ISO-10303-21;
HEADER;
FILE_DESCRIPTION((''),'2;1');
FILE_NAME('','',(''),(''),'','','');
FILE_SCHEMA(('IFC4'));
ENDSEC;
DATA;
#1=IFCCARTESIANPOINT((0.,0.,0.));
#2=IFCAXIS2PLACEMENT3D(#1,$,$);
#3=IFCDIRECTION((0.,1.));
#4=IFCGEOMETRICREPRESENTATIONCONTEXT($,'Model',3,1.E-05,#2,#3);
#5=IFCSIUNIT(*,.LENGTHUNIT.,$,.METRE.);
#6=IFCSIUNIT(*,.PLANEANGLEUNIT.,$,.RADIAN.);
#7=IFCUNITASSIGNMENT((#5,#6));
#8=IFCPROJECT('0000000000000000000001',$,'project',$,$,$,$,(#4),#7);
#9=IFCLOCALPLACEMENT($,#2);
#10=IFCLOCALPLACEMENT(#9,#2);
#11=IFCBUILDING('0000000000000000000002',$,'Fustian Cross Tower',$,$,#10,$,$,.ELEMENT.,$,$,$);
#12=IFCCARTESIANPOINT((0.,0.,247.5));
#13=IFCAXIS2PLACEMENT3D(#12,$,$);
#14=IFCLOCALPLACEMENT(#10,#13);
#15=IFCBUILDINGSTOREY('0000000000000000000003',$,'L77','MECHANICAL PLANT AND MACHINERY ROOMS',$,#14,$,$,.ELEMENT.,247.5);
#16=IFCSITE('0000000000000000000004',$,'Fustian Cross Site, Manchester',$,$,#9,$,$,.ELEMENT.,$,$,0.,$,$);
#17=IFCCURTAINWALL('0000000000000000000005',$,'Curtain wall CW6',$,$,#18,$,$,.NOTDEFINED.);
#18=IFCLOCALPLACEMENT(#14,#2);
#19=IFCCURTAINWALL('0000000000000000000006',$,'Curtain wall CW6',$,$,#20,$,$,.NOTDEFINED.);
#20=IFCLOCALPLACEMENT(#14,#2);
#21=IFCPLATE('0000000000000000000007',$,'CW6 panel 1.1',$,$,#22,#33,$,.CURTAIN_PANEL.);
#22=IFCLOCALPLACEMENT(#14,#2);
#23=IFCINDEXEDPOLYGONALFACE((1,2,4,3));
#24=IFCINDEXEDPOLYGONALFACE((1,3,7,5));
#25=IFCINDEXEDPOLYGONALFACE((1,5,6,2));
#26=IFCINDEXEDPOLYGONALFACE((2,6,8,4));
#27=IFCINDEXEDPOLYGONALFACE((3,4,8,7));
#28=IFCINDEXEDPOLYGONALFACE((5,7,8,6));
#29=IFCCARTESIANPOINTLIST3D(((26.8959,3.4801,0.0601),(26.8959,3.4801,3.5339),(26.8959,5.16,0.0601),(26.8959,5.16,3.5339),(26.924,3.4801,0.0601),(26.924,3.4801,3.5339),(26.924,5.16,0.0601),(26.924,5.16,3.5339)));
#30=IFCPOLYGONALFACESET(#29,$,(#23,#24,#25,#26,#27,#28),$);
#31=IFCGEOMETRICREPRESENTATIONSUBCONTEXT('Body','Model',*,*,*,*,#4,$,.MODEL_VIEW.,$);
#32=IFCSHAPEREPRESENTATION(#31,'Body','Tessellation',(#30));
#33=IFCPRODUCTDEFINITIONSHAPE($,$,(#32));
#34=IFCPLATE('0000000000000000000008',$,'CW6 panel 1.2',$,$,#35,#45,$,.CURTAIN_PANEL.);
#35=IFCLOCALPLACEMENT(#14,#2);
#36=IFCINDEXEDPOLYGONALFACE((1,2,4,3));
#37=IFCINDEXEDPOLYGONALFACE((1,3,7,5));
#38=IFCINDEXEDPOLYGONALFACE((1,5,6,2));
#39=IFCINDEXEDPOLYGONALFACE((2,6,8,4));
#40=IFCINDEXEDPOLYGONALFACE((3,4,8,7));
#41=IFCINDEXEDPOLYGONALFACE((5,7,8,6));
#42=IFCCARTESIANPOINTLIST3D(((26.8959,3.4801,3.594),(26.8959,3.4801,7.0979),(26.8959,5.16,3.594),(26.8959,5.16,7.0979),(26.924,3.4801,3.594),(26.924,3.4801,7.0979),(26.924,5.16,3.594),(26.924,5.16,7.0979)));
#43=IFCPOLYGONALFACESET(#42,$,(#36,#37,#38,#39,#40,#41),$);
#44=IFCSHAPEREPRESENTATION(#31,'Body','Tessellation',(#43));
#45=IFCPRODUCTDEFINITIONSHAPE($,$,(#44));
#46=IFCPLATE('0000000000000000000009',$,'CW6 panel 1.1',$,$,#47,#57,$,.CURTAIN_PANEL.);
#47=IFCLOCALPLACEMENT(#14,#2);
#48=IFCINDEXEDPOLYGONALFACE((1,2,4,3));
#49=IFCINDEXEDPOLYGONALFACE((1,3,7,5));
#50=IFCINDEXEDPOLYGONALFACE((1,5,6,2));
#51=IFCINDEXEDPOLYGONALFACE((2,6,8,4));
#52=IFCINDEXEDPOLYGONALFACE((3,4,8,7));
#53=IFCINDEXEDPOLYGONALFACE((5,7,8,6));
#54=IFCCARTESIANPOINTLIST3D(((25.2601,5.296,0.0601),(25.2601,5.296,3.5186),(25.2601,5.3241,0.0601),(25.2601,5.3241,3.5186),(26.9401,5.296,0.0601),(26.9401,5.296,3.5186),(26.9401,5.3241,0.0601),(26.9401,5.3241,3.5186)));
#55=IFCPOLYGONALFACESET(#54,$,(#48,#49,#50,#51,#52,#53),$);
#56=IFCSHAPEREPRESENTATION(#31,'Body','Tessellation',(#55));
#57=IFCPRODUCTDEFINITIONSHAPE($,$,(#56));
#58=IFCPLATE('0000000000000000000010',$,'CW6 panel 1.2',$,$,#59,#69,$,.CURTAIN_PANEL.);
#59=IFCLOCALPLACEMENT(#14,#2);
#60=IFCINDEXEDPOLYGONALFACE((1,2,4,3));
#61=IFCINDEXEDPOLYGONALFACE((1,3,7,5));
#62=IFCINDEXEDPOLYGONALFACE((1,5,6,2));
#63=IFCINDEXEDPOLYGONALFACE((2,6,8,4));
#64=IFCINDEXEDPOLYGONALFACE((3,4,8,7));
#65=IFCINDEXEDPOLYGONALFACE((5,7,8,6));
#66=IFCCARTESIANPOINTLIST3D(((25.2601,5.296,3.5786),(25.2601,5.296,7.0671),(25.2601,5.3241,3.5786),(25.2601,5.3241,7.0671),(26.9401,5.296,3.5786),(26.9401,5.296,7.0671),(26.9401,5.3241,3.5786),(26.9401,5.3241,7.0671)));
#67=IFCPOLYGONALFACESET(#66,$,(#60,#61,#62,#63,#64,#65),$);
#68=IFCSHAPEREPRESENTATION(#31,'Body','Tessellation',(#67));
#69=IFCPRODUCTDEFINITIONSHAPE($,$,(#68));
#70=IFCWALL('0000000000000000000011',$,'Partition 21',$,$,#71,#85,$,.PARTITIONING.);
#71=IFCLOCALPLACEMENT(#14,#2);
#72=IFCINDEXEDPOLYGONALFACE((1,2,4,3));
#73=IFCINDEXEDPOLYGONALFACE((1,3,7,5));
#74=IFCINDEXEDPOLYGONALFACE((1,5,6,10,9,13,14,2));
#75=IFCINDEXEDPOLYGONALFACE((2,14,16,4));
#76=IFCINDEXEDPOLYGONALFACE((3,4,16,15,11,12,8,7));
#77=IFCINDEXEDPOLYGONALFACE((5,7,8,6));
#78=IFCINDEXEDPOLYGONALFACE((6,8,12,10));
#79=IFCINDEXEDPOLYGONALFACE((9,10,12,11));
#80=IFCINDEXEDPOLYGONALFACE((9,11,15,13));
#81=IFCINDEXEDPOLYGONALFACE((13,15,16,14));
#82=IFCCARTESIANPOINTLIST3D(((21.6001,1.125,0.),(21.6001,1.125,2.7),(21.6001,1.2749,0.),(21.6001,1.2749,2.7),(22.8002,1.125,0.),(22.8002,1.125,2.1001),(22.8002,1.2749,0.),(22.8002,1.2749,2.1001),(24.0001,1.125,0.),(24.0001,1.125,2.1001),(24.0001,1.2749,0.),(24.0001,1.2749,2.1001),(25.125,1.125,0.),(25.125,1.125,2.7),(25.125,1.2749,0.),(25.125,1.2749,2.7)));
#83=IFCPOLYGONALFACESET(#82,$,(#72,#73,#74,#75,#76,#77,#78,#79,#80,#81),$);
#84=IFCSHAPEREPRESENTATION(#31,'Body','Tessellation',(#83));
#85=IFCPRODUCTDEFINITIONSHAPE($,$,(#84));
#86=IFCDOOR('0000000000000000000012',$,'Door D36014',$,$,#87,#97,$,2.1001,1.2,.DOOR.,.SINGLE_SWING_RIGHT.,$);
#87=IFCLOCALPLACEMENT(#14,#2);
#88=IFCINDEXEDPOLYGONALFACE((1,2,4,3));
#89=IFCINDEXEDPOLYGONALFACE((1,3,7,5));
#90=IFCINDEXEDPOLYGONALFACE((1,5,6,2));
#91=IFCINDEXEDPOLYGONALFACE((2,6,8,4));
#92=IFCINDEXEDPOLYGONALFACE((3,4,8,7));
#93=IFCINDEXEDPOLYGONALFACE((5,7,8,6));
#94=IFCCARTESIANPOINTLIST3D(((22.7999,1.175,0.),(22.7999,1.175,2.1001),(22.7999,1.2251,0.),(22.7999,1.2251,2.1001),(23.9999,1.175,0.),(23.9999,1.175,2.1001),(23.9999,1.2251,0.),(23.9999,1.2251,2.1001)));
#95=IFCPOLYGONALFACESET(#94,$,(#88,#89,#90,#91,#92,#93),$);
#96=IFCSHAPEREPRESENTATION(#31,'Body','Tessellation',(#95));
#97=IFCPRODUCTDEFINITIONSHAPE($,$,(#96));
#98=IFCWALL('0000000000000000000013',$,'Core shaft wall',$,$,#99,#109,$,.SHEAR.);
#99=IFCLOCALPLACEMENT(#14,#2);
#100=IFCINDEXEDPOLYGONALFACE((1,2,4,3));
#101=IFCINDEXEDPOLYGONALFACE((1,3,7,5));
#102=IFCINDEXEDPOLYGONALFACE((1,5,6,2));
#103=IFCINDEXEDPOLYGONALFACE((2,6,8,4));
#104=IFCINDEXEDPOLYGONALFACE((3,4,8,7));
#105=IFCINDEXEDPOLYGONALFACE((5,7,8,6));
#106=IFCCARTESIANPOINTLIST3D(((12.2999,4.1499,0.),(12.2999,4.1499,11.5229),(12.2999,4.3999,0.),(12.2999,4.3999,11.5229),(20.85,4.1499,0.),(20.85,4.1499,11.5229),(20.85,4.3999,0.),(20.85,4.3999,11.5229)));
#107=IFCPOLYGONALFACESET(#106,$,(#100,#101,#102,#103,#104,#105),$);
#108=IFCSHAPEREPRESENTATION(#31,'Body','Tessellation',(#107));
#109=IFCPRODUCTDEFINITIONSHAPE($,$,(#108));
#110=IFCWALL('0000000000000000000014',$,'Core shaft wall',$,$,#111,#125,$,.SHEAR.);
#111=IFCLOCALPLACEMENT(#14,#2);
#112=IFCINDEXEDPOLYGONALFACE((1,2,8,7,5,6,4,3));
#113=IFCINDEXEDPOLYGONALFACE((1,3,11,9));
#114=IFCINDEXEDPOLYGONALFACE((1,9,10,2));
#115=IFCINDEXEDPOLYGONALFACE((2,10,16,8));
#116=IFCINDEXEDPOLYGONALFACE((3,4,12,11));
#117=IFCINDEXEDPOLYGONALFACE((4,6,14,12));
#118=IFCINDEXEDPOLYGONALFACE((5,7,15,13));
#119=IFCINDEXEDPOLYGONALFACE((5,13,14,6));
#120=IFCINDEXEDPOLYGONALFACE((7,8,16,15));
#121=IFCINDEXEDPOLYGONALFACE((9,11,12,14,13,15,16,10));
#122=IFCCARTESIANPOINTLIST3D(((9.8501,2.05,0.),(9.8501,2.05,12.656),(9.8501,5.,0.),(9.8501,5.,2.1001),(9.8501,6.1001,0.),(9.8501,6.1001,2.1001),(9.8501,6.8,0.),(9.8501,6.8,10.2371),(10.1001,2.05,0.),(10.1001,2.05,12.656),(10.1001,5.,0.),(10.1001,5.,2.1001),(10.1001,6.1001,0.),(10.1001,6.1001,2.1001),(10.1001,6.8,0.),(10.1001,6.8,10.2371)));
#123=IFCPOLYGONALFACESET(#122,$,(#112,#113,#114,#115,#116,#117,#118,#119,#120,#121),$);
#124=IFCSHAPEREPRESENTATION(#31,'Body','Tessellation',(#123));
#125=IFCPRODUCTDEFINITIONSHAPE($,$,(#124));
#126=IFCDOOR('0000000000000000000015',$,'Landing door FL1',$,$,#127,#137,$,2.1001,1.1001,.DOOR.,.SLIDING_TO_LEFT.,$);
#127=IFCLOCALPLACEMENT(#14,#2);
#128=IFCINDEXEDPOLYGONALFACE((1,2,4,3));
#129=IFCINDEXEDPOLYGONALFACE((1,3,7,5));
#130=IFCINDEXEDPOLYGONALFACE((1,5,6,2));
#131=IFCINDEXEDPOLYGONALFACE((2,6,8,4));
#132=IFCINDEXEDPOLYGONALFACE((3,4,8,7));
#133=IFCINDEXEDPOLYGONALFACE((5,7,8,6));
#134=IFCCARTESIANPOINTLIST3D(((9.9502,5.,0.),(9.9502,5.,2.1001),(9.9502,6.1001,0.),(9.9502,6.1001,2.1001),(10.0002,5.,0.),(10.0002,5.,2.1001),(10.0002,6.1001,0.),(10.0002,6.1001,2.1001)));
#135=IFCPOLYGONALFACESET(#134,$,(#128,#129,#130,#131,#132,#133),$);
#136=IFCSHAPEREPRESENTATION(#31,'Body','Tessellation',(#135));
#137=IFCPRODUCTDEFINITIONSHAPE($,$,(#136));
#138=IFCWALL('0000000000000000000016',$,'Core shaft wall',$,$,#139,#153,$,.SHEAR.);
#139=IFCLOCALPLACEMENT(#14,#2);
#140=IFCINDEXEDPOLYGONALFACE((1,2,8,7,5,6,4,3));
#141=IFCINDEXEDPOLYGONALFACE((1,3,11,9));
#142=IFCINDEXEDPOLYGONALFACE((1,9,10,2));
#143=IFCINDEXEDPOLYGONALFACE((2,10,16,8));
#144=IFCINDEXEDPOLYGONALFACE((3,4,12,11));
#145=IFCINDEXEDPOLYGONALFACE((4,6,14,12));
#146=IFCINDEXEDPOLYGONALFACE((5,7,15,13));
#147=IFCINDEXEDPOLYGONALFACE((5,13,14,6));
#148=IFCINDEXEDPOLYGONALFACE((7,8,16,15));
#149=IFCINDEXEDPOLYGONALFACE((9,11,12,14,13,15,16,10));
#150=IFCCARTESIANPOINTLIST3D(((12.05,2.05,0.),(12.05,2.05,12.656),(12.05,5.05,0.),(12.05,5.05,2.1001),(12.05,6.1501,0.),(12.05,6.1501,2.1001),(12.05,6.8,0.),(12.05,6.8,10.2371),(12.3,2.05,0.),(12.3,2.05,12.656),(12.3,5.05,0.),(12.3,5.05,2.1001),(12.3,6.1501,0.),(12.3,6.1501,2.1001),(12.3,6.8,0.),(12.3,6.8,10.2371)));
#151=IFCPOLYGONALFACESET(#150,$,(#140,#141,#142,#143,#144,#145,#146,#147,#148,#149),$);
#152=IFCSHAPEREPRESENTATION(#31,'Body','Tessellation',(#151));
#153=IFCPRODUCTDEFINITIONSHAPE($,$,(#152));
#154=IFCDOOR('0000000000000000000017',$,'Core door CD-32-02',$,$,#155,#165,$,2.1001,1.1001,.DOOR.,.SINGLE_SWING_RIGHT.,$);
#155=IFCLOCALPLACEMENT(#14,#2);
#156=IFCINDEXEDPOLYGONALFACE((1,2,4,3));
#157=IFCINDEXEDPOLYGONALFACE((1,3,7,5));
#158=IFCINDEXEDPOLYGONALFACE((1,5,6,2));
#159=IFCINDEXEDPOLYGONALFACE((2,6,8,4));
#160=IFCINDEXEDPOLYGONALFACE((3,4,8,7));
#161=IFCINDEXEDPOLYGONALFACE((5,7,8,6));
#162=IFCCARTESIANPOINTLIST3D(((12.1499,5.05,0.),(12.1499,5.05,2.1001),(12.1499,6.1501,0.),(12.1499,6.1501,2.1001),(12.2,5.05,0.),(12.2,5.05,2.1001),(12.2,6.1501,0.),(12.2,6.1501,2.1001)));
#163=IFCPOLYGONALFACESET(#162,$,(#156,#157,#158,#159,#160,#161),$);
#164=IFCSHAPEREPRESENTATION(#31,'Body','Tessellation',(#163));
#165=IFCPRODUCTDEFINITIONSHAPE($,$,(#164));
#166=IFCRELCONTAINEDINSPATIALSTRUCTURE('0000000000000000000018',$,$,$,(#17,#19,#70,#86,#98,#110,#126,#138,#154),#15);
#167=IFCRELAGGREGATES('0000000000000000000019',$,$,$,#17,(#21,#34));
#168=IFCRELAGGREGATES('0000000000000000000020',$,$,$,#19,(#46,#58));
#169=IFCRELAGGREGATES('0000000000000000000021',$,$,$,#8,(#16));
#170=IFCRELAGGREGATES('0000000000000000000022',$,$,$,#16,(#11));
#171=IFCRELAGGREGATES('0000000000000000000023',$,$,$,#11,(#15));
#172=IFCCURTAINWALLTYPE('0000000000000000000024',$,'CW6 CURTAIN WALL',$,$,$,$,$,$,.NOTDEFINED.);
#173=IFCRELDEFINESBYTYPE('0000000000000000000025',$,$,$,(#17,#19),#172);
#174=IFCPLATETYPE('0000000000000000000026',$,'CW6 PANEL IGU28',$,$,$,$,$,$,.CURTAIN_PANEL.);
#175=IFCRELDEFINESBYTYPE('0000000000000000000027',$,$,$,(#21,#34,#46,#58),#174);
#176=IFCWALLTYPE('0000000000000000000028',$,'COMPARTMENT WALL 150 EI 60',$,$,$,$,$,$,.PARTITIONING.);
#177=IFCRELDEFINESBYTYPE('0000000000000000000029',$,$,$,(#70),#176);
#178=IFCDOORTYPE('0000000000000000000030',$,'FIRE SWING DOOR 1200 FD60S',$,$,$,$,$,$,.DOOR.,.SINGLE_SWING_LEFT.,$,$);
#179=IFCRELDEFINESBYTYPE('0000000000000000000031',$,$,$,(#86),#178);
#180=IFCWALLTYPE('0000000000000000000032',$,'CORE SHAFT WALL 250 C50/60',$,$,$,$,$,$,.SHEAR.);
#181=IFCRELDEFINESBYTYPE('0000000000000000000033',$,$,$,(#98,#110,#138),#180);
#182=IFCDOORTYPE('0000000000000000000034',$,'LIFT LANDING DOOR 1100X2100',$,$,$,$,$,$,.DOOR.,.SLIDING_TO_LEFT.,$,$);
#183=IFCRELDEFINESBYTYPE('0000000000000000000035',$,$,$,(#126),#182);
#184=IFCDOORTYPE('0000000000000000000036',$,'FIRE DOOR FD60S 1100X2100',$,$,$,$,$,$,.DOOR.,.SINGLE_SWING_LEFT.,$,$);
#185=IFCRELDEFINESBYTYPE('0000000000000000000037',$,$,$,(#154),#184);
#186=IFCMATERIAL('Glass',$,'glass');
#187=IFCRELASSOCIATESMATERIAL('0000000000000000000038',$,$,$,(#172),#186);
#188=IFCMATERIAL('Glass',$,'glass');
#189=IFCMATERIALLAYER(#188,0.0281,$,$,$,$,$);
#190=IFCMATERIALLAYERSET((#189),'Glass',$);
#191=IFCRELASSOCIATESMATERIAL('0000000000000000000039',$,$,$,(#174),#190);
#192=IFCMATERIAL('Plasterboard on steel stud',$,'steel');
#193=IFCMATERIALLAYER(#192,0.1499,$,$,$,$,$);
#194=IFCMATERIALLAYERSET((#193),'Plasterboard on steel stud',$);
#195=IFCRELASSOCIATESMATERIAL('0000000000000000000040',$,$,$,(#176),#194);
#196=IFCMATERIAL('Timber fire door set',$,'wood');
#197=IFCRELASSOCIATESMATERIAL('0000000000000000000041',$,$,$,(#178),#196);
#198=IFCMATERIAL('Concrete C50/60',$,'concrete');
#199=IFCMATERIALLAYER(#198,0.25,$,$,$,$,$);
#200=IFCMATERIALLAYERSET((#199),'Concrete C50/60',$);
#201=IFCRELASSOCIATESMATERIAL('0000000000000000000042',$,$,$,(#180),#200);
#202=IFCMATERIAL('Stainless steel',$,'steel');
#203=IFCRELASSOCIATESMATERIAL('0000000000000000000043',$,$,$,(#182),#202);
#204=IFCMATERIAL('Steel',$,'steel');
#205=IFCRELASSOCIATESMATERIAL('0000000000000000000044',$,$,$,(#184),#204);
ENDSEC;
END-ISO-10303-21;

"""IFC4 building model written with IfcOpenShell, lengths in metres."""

from ifc_helpers import new_model, si_unit, direction, frame, frame_2d, origin, origin_2d, place, context, subcontext, project, spatial, polyline, rectangle, outline, extrude, material, layer, layer_set, type_object, element, fill, aggregate, save


model = new_model("IFC4")

# Units and contexts
model_context = context("Model", 3, precision=1e-05, world=origin(), true_north=direction((0.0, 1.0)))
body_context = subcontext(model_context, "Body", "Model", "MODEL_VIEW")
ifc_project = project(units=[si_unit("LENGTHUNIT", "METRE"), si_unit("PLANEANGLEUNIT", "RADIAN")], contexts=[model_context])

# Site, building, storey
site_placement = place(None, origin())
site = spatial("IfcSite", under=ifc_project, at=site_placement, Name="Fustian Cross Site, Manchester", CompositionType="ELEMENT", RefElevation=0.0)
building_placement = place(site_placement, origin())
building = spatial("IfcBuilding", under=site, at=building_placement, Name="Fustian Cross Tower", CompositionType="ELEMENT")
storey_placement = place(building_placement, frame((0.0, 0.0, 247.5)))
storey = spatial("IfcBuildingStorey", under=building, at=storey_placement, Name="L77", Description="MECHANICAL PLANT AND MACHINERY ROOMS", CompositionType="ELEMENT", Elevation=247.5)

# Curtain walls
ifc_material_1 = material(Name="Glass", Category="glass")
curtain_wall_type = type_object("IfcCurtainWallType", Name="CW6 CURTAIN WALL", PredefinedType="NOTDEFINED", material=ifc_material_1)
curtain_wall_1_placement = place(storey_placement, origin())
curtain_wall_1 = element("IfcCurtainWall", 1, at=curtain_wall_1_placement, inside=storey, type_object=curtain_wall_type, Name="Curtain wall CW6", PredefinedType="NOTDEFINED")
curtain_wall_2_placement = place(storey_placement, origin())
curtain_wall_2 = element("IfcCurtainWall", 2, at=curtain_wall_2_placement, inside=storey, type_object=curtain_wall_type, Name="Curtain wall CW6", PredefinedType="NOTDEFINED")

# Plates
ifc_material_2 = material(Name="Glass", Category="glass")
ifc_layer_1 = layer(ifc_material_2, 0.0281)
ifc_layer_set_1 = layer_set([ifc_layer_1], Name="Glass")
plate_type = type_object("IfcPlateType", Name="CW6 PANEL IGU28", PredefinedType="CURTAIN_PANEL", material=ifc_layer_set_1)
plate_1_placement = place(storey_placement, frame((26.9099, 4.3201, 0.0601), z_axis=(0.0, 0.0, 1.0), x_axis=(0.0, 1.0, 0.0)))
plate_1 = element("IfcPlate", 3, at=plate_1_placement, type_object=plate_type, Name="CW6 panel 1.1", PredefinedType="CURTAIN_PANEL", context=body_context, shape_type="SweptSolid", body=[
    extrude(rectangle(XDim=1.6799, YDim=0.0281, at=origin_2d()), origin(), (0.0, 0.0, 1.0), 3.4739),
])
plate_2_placement = place(storey_placement, frame((26.9099, 4.3201, 3.594), z_axis=(0.0, 0.0, 1.0), x_axis=(0.0, 1.0, 0.0)))
plate_2 = element("IfcPlate", 4, at=plate_2_placement, type_object=plate_type, Name="CW6 panel 1.2", PredefinedType="CURTAIN_PANEL", context=body_context, shape_type="SweptSolid", body=[
    extrude(rectangle(XDim=1.6799, YDim=0.0281, at=origin_2d()), origin(), (0.0, 0.0, 1.0), 3.5039),
])
aggregate(curtain_wall_1, [plate_1, plate_2])
plate_3_placement = place(storey_placement, frame((26.1001, 5.3101, 0.0601), z_axis=(0.0, 0.0, 1.0), x_axis=(-1.0, 0.0, 0.0)))
plate_3 = element("IfcPlate", 5, at=plate_3_placement, type_object=plate_type, Name="CW6 panel 1.1", PredefinedType="CURTAIN_PANEL", context=body_context, shape_type="SweptSolid", body=[
    extrude(rectangle(XDim=1.6799, YDim=0.0281, at=origin_2d()), origin(), (0.0, 0.0, 1.0), 3.4585),
])
plate_4_placement = place(storey_placement, frame((26.1001, 5.3101, 3.5786), z_axis=(0.0, 0.0, 1.0), x_axis=(-1.0, 0.0, 0.0)))
plate_4 = element("IfcPlate", 6, at=plate_4_placement, type_object=plate_type, Name="CW6 panel 1.2", PredefinedType="CURTAIN_PANEL", context=body_context, shape_type="SweptSolid", body=[
    extrude(rectangle(XDim=1.6799, YDim=0.0281, at=origin_2d()), origin(), (0.0, 0.0, 1.0), 3.4885),
])
aggregate(curtain_wall_2, [plate_3, plate_4])

# Wall, opening, door
ifc_material_3 = material(Name="Plasterboard on steel stud", Category="steel")
ifc_layer_2 = layer(ifc_material_3, 0.1499)
ifc_layer_set_2 = layer_set([ifc_layer_2], Name="Plasterboard on steel stud")
wall_type_1 = type_object("IfcWallType", Name="COMPARTMENT WALL 150 EI 60", PredefinedType="PARTITIONING", material=ifc_layer_set_2)
wall_1_placement = place(storey_placement, frame((21.6001, 1.2, 0.0), z_axis=(0.0, 0.0, 1.0), x_axis=(1.0, 0.0, 0.0)))
wall_1 = element("IfcWall", 7, at=wall_1_placement, inside=storey, type_object=wall_type_1, Name="Partition 21", PredefinedType="PARTITIONING", context=body_context, shape_type="SweptSolid", body=[
    extrude(rectangle(XDim=3.5249, YDim=0.1499, at=frame_2d((1.7625, 0.0))), origin(), (0.0, 0.0, 1.0), 2.7),
])
opening_1_placement = place(wall_1_placement, frame((1.2, 0.0, 0.0)))
opening_1 = element("IfcOpeningElement", 8, at=opening_1_placement, cuts=wall_1, PredefinedType="OPENING", context=body_context, shape_type="SweptSolid", body=[
    extrude(rectangle(XDim=1.2, YDim=2.1001, at=frame_2d((0.6001, 1.05))), frame((0.0, 0.085, 0.0), z_axis=(0.0, -1.0, 0.0), x_axis=(1.0, 0.0, 0.0)), (0.0, 0.0, 1.0), 0.1699),
])
ifc_material_4 = material(Name="Timber fire door set", Category="wood")
door_type_1 = type_object("IfcDoorType", Name="FIRE SWING DOOR 1200 FD60S", OperationType="SINGLE_SWING_LEFT", PredefinedType="DOOR", material=ifc_material_4)
door_1_placement = place(opening_1_placement, frame((1.2, 0.0, 0.0), z_axis=(0.0, 0.0, 1.0), x_axis=(-1.0, 0.0, 0.0)))
door_1 = element("IfcDoor", 9, at=door_1_placement, inside=storey, type_object=door_type_1, Name="Door D36014", OperationType="SINGLE_SWING_RIGHT", OverallHeight=2.1001, OverallWidth=1.2, PredefinedType="DOOR", context=body_context, shape_type="SweptSolid", body=[
    extrude(rectangle(XDim=1.2, YDim=2.1001, at=frame_2d((0.6001, 1.05))), frame((0.0, 0.0249, 0.0), z_axis=(0.0, -1.0, 0.0), x_axis=(1.0, 0.0, 0.0)), (0.0, 0.0, 1.0), 0.05),
])
fill(opening_1, door_1)

# Wall
ifc_material_5 = material(Name="Concrete C50/60", Category="concrete")
ifc_layer_3 = layer(ifc_material_5, 0.25)
ifc_layer_set_3 = layer_set([ifc_layer_3], Name="Concrete C50/60")
wall_type_2 = type_object("IfcWallType", Name="CORE SHAFT WALL 250 C50/60", PredefinedType="SHEAR", material=ifc_layer_set_3)
wall_2_placement = place(storey_placement, frame((12.3, 4.2749, 0.0), z_axis=(0.0, 0.0, 1.0), x_axis=(1.0, 0.0, 0.0)))
element("IfcWall", 10, at=wall_2_placement, inside=storey, type_object=wall_type_2, Name="Core shaft wall", PredefinedType="SHEAR", context=body_context, shape_type="SweptSolid", body=[
    extrude(rectangle(XDim=8.55, YDim=0.25, at=frame_2d((4.2749, 0.0))), origin(), (0.0, 0.0, 1.0), 11.5229),
])

# Walls, openings, doors
wall_3_placement = place(storey_placement, frame((9.9751, 2.05, 0.0), z_axis=(0.0, 0.0, 1.0), x_axis=(0.0, 1.0, 0.0)))
wall_3 = element("IfcWall", 11, at=wall_3_placement, inside=storey, type_object=wall_type_2, Name="Core shaft wall", PredefinedType="SHEAR", context=body_context, shape_type="SweptSolid", body=[
    extrude(outline(polyline([(0.0, 0.0), (4.75, 0.0), (4.75, 10.2371), (0.0, 12.656), (0.0, 0.0)])), frame((0.0, 0.125, 0.0), z_axis=(0.0, -1.0, 0.0), x_axis=(1.0, 0.0, 0.0)), (0.0, 0.0, 1.0), 0.25),
])
opening_2_placement = place(wall_3_placement, frame((2.95, 0.0, 0.0)))
opening_2 = element("IfcOpeningElement", 12, at=opening_2_placement, cuts=wall_3, PredefinedType="OPENING", context=body_context, shape_type="SweptSolid", body=[
    extrude(rectangle(XDim=1.1001, YDim=2.1001, at=frame_2d((0.55, 1.05))), frame((0.0, 0.135, 0.0), z_axis=(0.0, -1.0, 0.0), x_axis=(1.0, 0.0, 0.0)), (0.0, 0.0, 1.0), 0.27),
])
ifc_material_6 = material(Name="Stainless steel", Category="steel")
door_type_2 = type_object("IfcDoorType", Name="LIFT LANDING DOOR 1100X2100", OperationType="SLIDING_TO_LEFT", PredefinedType="DOOR", material=ifc_material_6)
door_2_placement = place(opening_2_placement, origin())
door_2 = element("IfcDoor", 13, at=door_2_placement, inside=storey, type_object=door_type_2, Name="Landing door FL1", OperationType="SLIDING_TO_LEFT", OverallHeight=2.1001, OverallWidth=1.1001, PredefinedType="DOOR", context=body_context, shape_type="SweptSolid", body=[
    extrude(rectangle(XDim=1.1001, YDim=2.1001, at=frame_2d((0.55, 1.05))), frame((0.0, 0.0249, 0.0), z_axis=(0.0, -1.0, 0.0), x_axis=(1.0, 0.0, 0.0)), (0.0, 0.0, 1.0), 0.05),
])
fill(opening_2, door_2)
wall_4_placement = place(storey_placement, frame((12.175, 2.05, 0.0), z_axis=(0.0, 0.0, 1.0), x_axis=(0.0, 1.0, 0.0)))
wall_4 = element("IfcWall", 14, at=wall_4_placement, inside=storey, type_object=wall_type_2, Name="Core shaft wall", PredefinedType="SHEAR", context=body_context, shape_type="SweptSolid", body=[
    extrude(outline(polyline([(0.0, 0.0), (4.75, 0.0), (4.75, 10.2371), (0.0, 12.656), (0.0, 0.0)])), frame((0.0, 0.125, 0.0), z_axis=(0.0, -1.0, 0.0), x_axis=(1.0, 0.0, 0.0)), (0.0, 0.0, 1.0), 0.25),
])
opening_3_placement = place(wall_4_placement, frame((3.0, 0.0, 0.0)))
opening_3 = element("IfcOpeningElement", 15, at=opening_3_placement, cuts=wall_4, PredefinedType="OPENING", context=body_context, shape_type="SweptSolid", body=[
    extrude(rectangle(XDim=1.1001, YDim=2.1001, at=frame_2d((0.55, 1.05))), frame((0.0, 0.135, 0.0), z_axis=(0.0, -1.0, 0.0), x_axis=(1.0, 0.0, 0.0)), (0.0, 0.0, 1.0), 0.27),
])
ifc_material_7 = material(Name="Steel", Category="steel")
door_type_3 = type_object("IfcDoorType", Name="FIRE DOOR FD60S 1100X2100", OperationType="SINGLE_SWING_LEFT", PredefinedType="DOOR", material=ifc_material_7)
door_3_placement = place(opening_3_placement, frame((1.1001, 0.0, 0.0), z_axis=(0.0, 0.0, 1.0), x_axis=(-1.0, 0.0, 0.0)))
door_3 = element("IfcDoor", 16, at=door_3_placement, inside=storey, type_object=door_type_3, Name="Core door CD-32-02", OperationType="SINGLE_SWING_RIGHT", OverallHeight=2.1001, OverallWidth=1.1001, PredefinedType="DOOR", context=body_context, shape_type="SweptSolid", body=[
    extrude(rectangle(XDim=1.1001, YDim=2.1001, at=frame_2d((0.55, 1.05))), frame((0.0, 0.0249, 0.0), z_axis=(0.0, -1.0, 0.0), x_axis=(1.0, 0.0, 0.0)), (0.0, 0.0, 1.0), 0.05),
])
fill(opening_3, door_3)

save(model, "model.ifc")
